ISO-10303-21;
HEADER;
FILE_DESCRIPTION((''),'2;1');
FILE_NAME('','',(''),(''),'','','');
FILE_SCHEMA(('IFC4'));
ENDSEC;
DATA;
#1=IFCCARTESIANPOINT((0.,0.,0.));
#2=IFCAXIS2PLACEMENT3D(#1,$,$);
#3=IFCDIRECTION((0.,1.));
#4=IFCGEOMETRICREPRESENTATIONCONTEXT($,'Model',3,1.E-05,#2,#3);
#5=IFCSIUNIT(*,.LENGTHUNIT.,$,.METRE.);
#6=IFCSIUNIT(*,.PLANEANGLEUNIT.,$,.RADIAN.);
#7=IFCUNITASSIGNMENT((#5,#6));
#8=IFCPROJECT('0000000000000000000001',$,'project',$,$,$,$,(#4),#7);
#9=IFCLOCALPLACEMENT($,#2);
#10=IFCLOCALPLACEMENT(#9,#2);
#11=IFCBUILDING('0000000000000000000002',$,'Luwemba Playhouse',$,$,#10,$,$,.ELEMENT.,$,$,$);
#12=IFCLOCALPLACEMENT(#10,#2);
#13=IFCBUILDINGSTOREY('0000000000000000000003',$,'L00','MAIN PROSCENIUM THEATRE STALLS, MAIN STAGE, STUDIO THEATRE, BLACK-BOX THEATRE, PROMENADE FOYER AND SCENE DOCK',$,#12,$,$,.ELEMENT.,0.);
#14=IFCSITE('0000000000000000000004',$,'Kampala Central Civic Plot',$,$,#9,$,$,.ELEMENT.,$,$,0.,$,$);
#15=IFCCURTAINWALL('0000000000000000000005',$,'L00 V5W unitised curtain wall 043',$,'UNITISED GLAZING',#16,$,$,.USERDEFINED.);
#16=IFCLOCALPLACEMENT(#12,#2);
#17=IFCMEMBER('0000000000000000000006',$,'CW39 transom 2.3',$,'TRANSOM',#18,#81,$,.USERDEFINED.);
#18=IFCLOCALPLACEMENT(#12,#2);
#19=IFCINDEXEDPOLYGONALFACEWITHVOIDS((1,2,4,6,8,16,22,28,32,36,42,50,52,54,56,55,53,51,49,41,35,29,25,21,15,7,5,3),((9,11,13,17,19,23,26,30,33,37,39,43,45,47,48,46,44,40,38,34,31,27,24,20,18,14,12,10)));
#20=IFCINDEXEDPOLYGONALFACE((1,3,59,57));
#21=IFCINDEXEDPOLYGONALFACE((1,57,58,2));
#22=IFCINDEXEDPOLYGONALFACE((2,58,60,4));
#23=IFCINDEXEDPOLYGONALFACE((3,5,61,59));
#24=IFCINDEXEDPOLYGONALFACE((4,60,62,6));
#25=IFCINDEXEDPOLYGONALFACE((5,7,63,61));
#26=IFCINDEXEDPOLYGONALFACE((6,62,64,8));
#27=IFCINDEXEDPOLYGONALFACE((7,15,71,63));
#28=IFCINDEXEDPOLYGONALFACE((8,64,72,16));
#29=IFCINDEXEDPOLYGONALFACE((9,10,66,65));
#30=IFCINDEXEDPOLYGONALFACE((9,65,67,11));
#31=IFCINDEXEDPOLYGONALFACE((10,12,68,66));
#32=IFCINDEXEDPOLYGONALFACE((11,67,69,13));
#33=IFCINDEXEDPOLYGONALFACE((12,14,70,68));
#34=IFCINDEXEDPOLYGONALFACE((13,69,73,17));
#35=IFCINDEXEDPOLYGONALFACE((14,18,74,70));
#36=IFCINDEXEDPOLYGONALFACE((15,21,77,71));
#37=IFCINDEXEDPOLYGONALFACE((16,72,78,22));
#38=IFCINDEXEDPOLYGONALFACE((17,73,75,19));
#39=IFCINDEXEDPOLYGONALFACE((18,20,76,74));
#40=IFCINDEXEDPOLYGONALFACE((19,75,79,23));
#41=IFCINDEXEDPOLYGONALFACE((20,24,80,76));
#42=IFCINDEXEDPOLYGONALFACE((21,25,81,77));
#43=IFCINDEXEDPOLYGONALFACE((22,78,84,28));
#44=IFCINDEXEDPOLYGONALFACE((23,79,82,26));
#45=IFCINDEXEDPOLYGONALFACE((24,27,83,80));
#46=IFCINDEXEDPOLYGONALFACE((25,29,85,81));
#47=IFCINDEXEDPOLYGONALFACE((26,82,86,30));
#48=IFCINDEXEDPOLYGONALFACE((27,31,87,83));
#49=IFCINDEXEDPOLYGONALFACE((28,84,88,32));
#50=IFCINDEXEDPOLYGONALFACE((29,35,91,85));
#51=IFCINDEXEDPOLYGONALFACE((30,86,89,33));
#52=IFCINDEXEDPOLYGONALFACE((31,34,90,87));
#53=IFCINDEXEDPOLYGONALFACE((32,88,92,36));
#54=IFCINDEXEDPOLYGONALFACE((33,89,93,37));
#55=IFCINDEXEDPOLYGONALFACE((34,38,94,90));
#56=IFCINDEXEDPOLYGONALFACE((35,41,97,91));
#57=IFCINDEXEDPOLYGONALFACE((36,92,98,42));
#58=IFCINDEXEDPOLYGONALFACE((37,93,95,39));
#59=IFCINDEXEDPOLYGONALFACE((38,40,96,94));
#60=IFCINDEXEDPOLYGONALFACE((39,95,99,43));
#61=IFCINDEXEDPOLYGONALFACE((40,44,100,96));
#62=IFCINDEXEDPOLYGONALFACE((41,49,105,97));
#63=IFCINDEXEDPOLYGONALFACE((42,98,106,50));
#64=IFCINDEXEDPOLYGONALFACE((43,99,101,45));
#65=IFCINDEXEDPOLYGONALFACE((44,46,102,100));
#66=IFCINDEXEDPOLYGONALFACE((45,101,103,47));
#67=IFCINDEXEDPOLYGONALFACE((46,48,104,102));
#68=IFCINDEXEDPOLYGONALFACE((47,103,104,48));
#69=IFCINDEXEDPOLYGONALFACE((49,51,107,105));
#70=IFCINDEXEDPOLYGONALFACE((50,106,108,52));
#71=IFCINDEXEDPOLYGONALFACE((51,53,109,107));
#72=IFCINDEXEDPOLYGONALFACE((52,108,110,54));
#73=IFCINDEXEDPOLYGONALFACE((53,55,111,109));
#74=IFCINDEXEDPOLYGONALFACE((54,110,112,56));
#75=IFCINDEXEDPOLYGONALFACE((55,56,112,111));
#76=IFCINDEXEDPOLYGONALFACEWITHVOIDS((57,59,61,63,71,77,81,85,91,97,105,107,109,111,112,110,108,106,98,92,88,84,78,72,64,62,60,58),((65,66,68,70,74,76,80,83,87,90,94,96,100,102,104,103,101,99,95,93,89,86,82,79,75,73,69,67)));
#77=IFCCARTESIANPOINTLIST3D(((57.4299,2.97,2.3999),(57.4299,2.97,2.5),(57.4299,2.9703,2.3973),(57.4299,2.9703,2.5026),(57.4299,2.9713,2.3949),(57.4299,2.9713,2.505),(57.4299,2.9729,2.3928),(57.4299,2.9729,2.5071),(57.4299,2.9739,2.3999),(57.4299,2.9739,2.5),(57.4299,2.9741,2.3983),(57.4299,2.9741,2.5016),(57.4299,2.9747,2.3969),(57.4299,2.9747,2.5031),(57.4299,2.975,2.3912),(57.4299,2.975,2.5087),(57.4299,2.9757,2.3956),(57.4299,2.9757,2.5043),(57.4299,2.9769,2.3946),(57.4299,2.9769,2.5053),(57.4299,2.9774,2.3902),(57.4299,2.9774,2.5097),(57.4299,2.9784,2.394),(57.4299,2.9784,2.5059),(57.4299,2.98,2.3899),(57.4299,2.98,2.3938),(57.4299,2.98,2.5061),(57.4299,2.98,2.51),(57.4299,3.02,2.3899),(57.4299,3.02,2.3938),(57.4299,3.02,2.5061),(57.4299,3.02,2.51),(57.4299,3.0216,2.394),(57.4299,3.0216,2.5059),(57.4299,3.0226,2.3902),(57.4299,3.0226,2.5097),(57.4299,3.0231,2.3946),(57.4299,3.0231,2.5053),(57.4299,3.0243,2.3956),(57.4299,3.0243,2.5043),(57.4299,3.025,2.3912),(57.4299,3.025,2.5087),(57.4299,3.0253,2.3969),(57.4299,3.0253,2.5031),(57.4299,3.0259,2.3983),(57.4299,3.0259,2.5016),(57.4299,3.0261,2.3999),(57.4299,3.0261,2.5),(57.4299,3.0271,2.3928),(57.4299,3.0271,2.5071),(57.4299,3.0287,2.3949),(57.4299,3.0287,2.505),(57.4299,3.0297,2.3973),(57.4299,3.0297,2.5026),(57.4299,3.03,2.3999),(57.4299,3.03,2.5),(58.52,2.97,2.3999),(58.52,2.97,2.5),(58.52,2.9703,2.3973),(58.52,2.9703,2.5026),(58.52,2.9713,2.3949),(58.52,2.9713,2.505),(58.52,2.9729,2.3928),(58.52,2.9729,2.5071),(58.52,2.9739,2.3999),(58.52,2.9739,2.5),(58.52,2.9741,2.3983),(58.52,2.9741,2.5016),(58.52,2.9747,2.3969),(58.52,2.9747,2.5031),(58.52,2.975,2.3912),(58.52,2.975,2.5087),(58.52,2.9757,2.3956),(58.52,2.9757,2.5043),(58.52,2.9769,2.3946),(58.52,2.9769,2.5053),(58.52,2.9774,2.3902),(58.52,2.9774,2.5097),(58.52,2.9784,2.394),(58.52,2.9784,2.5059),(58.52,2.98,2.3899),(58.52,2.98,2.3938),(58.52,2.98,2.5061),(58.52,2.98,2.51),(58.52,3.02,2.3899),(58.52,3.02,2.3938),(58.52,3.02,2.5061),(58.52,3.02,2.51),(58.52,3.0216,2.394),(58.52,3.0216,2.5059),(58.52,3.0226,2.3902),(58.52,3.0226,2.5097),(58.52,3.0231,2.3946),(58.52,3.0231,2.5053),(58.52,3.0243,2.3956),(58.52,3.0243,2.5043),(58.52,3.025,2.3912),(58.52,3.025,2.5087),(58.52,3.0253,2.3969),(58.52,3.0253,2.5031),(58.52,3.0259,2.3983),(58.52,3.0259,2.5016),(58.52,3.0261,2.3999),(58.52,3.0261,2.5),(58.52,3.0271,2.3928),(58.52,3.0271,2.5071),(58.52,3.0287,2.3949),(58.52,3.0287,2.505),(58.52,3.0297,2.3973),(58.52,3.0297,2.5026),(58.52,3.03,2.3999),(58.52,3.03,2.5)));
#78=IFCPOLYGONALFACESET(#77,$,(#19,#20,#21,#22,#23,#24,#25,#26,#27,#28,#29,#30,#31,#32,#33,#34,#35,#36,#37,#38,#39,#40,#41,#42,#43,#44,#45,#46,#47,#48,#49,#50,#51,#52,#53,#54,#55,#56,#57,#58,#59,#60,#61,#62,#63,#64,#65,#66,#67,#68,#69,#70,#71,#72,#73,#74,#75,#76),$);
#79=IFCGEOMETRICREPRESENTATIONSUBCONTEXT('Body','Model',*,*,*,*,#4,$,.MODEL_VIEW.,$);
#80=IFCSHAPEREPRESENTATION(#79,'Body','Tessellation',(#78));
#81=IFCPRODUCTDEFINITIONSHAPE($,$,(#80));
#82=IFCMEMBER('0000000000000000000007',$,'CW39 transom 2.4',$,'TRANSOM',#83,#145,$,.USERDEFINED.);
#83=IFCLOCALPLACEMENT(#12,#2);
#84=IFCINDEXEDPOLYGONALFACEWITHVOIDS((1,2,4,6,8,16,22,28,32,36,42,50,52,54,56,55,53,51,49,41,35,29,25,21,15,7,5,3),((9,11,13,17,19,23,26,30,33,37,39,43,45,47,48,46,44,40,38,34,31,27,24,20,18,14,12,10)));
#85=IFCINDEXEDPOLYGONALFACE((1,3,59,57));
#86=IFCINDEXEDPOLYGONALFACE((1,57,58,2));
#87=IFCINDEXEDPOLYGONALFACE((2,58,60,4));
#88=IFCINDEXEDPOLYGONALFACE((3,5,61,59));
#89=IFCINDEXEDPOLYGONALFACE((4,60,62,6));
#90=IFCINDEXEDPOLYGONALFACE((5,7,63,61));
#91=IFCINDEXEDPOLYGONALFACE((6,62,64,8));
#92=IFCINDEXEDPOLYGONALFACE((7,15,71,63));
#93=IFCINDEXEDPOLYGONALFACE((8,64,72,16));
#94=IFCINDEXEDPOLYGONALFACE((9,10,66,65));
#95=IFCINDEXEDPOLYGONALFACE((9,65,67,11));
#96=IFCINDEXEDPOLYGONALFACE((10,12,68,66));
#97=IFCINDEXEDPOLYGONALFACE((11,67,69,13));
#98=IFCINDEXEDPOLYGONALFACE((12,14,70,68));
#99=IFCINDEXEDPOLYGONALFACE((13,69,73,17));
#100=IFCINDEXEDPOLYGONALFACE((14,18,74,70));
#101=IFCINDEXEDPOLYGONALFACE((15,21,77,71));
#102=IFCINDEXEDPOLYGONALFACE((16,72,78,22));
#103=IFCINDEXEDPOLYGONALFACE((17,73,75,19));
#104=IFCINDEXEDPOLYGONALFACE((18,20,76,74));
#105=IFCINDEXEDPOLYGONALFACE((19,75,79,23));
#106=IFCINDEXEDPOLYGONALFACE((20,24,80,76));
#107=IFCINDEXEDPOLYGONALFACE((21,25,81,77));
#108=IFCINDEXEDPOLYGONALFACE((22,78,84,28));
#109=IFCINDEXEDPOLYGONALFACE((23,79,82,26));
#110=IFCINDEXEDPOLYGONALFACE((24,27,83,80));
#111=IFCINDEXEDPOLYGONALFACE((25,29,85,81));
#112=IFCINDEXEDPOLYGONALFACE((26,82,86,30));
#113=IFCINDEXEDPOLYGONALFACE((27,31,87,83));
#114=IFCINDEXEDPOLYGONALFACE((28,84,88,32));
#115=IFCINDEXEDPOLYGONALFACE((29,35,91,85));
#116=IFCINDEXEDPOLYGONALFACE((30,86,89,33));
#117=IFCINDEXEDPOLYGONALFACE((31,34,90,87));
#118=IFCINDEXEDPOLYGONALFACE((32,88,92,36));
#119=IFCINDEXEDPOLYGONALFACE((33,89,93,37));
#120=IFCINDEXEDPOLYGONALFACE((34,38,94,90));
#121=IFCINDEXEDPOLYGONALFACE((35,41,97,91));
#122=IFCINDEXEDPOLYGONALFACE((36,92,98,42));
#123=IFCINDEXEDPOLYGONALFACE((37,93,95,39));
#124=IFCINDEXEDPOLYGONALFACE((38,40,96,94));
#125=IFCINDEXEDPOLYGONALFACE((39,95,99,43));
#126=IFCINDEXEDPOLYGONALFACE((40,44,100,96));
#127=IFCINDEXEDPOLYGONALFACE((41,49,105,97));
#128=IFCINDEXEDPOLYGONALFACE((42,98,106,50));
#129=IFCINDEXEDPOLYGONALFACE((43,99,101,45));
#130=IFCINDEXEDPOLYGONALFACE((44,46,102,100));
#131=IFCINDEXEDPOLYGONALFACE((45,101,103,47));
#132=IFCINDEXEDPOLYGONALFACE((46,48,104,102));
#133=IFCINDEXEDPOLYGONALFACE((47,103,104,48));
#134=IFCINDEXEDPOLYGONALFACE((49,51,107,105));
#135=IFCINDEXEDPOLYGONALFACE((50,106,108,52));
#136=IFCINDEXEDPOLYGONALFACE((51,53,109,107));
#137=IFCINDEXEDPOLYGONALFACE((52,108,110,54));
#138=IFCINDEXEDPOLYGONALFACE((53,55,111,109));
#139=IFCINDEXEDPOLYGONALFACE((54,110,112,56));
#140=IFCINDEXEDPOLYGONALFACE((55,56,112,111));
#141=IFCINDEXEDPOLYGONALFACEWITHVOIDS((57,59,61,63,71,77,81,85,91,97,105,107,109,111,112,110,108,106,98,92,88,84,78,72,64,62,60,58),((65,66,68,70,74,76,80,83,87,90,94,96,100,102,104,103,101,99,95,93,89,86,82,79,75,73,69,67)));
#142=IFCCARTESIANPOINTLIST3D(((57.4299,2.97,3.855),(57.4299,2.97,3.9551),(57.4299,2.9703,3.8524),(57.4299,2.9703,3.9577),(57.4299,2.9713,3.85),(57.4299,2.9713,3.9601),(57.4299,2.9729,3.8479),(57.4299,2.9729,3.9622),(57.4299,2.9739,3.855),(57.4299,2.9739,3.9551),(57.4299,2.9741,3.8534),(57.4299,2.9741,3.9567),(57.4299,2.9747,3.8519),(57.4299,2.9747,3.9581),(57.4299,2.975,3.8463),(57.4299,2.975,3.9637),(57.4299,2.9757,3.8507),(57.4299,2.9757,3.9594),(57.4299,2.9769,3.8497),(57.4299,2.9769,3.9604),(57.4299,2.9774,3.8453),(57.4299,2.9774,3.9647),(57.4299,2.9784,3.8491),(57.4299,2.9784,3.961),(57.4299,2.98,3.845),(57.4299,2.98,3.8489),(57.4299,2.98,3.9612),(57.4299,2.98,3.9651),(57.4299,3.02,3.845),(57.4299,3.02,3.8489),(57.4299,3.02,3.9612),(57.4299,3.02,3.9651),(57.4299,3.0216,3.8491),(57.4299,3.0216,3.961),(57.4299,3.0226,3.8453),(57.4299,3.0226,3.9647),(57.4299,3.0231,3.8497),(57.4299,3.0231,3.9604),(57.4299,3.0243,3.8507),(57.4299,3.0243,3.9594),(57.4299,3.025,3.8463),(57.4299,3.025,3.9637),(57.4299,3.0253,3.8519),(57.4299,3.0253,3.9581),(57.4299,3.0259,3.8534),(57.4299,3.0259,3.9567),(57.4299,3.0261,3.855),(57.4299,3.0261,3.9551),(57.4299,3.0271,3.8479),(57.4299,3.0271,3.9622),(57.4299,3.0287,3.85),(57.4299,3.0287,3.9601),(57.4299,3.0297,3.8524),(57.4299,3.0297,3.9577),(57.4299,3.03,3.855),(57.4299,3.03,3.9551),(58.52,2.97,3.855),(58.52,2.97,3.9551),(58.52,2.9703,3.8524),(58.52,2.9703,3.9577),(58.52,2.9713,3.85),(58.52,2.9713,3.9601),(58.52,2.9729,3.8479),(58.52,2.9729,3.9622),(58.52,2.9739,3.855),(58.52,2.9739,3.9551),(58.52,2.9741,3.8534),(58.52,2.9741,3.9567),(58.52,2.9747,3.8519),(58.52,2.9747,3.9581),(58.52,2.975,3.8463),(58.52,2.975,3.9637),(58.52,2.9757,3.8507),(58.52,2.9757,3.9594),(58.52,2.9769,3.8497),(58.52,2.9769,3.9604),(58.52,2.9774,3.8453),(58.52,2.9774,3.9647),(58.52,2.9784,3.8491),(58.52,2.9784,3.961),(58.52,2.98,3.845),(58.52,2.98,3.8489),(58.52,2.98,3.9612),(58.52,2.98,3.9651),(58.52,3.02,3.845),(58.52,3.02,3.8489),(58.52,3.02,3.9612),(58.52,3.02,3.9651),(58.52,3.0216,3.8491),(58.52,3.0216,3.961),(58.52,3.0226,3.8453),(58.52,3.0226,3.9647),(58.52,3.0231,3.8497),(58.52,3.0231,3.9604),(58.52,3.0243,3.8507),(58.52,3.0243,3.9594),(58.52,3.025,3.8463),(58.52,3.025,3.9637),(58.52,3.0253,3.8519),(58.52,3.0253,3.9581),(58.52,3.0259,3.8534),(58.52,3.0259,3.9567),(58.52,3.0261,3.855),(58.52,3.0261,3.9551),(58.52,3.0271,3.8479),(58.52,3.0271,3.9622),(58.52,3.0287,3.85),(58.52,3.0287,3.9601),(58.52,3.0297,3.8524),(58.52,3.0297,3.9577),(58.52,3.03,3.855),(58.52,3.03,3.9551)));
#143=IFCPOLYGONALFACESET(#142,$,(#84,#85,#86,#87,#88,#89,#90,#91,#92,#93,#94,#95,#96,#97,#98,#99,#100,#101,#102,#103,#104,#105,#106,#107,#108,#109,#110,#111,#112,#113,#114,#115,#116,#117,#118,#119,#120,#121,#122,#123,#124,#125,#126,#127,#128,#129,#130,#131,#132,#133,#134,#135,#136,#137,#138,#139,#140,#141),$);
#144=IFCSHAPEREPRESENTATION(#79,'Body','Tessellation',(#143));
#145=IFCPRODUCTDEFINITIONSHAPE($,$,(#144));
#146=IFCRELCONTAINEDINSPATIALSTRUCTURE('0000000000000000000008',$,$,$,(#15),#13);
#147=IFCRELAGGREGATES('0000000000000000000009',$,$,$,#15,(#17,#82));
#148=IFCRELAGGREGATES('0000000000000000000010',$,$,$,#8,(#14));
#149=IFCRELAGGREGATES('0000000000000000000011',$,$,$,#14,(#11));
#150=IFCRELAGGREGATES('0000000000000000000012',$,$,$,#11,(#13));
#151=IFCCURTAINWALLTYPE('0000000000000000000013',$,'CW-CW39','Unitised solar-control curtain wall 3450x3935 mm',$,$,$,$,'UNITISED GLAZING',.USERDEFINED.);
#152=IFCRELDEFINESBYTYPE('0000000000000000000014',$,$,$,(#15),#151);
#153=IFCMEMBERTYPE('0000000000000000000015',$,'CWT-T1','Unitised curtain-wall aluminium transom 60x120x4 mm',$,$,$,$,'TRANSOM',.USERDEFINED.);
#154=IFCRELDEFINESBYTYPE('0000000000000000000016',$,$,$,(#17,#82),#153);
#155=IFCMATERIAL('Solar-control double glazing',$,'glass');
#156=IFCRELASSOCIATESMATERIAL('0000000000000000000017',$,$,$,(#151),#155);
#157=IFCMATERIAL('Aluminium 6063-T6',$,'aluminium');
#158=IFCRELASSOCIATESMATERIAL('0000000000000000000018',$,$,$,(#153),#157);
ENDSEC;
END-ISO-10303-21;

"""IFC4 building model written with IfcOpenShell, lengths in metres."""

from ifc_helpers import new_model, si_unit, direction, frame, origin, origin_2d, place, context, subcontext, project, spatial, hollow_rectangle, extrude, material, material_profile, profile_set, type_object, element, aggregate, save


model = new_model("IFC4")

# Units and contexts
model_context = context("Model", 3, precision=1e-05, world=origin(), true_north=direction((0.0, 1.0)))
body_context = subcontext(model_context, "Body", "Model", "MODEL_VIEW")
ifc_project = project(units=[si_unit("LENGTHUNIT", "METRE"), si_unit("PLANEANGLEUNIT", "RADIAN")], contexts=[model_context])

# Site, building, storey
site_placement = place(None, origin())
site = spatial("IfcSite", under=ifc_project, at=site_placement, Name="Kampala Central Civic Plot", CompositionType="ELEMENT", RefElevation=0.0)
building_placement = place(site_placement, origin())
building = spatial("IfcBuilding", under=site, at=building_placement, Name="Luwemba Playhouse", CompositionType="ELEMENT")
storey_placement = place(building_placement, origin())
storey = spatial("IfcBuildingStorey", under=building, at=storey_placement, Name="L00", Description="MAIN PROSCENIUM THEATRE STALLS, MAIN STAGE, STUDIO THEATRE, BLACK-BOX THEATRE, PROMENADE FOYER AND SCENE DOCK", CompositionType="ELEMENT", Elevation=0.0)

# Curtain wall
ifc_material_1 = material(Name="Solar-control double glazing", Category="glass")
curtain_wall_type_1 = type_object("IfcCurtainWallType", Name="CW-CW39", Description="Unitised solar-control curtain wall 3450x3935 mm", ElementType="UNITISED GLAZING", PredefinedType="USERDEFINED", material=ifc_material_1)
curtain_wall_1_placement = place(storey_placement, origin())
curtain_wall_1 = element("IfcCurtainWall", 1, at=curtain_wall_1_placement, inside=storey, type_object=curtain_wall_type_1, Name="L00 V5W unitised curtain wall 043", ObjectType="UNITISED GLAZING", PredefinedType="USERDEFINED")
ifc_material_2 = material(Name="Aluminium 6063-T6", Category="aluminium")

# Members
ifc_material_profile_1 = material_profile(ifc_material_2, hollow_rectangle(XDim=0.0601, YDim=0.1201, WallThickness=0.0039, InnerFilletRadius=0.0061, OuterFilletRadius=0.01, at=origin_2d()))
ifc_profile_set_1 = profile_set([ifc_material_profile_1], Name="Aluminium 6063-T6")
member_type_1 = type_object("IfcMemberType", Name="CWT-T1", Description="Unitised curtain-wall aluminium transom 60x120x4 mm", ElementType="TRANSOM", PredefinedType="USERDEFINED", material=ifc_profile_set_1)
member_1_placement = place(storey_placement, frame((58.52, 3.0, 2.45), z_axis=(-1.0, 0.0, 0.0), x_axis=(0.0, -1.0, 0.0)))
member_1 = element("IfcMember", 2, at=member_1_placement, type_object=member_type_1, Name="CW39 transom 2.3", ObjectType="TRANSOM", PredefinedType="USERDEFINED", context=body_context, shape_type="SweptSolid", body=[
    extrude(hollow_rectangle(XDim=0.0601, YDim=0.1201, WallThickness=0.0039, InnerFilletRadius=0.0061, OuterFilletRadius=0.01, at=origin_2d()), origin(), (0.0, 0.0, 1.0), 1.0901),
])
member_2_placement = place(storey_placement, frame((58.52, 3.0, 3.905), z_axis=(-1.0, 0.0, 0.0), x_axis=(0.0, -1.0, 0.0)))
member_2 = element("IfcMember", 3, at=member_2_placement, type_object=member_type_1, Name="CW39 transom 2.4", ObjectType="TRANSOM", PredefinedType="USERDEFINED", context=body_context, shape_type="SweptSolid", body=[
    extrude(hollow_rectangle(XDim=0.0601, YDim=0.1201, WallThickness=0.0039, InnerFilletRadius=0.0061, OuterFilletRadius=0.01, at=origin_2d()), origin(), (0.0, 0.0, 1.0), 1.0901),
])

aggregate(curtain_wall_1, [member_1, member_2])

save(model, "model.ifc")
